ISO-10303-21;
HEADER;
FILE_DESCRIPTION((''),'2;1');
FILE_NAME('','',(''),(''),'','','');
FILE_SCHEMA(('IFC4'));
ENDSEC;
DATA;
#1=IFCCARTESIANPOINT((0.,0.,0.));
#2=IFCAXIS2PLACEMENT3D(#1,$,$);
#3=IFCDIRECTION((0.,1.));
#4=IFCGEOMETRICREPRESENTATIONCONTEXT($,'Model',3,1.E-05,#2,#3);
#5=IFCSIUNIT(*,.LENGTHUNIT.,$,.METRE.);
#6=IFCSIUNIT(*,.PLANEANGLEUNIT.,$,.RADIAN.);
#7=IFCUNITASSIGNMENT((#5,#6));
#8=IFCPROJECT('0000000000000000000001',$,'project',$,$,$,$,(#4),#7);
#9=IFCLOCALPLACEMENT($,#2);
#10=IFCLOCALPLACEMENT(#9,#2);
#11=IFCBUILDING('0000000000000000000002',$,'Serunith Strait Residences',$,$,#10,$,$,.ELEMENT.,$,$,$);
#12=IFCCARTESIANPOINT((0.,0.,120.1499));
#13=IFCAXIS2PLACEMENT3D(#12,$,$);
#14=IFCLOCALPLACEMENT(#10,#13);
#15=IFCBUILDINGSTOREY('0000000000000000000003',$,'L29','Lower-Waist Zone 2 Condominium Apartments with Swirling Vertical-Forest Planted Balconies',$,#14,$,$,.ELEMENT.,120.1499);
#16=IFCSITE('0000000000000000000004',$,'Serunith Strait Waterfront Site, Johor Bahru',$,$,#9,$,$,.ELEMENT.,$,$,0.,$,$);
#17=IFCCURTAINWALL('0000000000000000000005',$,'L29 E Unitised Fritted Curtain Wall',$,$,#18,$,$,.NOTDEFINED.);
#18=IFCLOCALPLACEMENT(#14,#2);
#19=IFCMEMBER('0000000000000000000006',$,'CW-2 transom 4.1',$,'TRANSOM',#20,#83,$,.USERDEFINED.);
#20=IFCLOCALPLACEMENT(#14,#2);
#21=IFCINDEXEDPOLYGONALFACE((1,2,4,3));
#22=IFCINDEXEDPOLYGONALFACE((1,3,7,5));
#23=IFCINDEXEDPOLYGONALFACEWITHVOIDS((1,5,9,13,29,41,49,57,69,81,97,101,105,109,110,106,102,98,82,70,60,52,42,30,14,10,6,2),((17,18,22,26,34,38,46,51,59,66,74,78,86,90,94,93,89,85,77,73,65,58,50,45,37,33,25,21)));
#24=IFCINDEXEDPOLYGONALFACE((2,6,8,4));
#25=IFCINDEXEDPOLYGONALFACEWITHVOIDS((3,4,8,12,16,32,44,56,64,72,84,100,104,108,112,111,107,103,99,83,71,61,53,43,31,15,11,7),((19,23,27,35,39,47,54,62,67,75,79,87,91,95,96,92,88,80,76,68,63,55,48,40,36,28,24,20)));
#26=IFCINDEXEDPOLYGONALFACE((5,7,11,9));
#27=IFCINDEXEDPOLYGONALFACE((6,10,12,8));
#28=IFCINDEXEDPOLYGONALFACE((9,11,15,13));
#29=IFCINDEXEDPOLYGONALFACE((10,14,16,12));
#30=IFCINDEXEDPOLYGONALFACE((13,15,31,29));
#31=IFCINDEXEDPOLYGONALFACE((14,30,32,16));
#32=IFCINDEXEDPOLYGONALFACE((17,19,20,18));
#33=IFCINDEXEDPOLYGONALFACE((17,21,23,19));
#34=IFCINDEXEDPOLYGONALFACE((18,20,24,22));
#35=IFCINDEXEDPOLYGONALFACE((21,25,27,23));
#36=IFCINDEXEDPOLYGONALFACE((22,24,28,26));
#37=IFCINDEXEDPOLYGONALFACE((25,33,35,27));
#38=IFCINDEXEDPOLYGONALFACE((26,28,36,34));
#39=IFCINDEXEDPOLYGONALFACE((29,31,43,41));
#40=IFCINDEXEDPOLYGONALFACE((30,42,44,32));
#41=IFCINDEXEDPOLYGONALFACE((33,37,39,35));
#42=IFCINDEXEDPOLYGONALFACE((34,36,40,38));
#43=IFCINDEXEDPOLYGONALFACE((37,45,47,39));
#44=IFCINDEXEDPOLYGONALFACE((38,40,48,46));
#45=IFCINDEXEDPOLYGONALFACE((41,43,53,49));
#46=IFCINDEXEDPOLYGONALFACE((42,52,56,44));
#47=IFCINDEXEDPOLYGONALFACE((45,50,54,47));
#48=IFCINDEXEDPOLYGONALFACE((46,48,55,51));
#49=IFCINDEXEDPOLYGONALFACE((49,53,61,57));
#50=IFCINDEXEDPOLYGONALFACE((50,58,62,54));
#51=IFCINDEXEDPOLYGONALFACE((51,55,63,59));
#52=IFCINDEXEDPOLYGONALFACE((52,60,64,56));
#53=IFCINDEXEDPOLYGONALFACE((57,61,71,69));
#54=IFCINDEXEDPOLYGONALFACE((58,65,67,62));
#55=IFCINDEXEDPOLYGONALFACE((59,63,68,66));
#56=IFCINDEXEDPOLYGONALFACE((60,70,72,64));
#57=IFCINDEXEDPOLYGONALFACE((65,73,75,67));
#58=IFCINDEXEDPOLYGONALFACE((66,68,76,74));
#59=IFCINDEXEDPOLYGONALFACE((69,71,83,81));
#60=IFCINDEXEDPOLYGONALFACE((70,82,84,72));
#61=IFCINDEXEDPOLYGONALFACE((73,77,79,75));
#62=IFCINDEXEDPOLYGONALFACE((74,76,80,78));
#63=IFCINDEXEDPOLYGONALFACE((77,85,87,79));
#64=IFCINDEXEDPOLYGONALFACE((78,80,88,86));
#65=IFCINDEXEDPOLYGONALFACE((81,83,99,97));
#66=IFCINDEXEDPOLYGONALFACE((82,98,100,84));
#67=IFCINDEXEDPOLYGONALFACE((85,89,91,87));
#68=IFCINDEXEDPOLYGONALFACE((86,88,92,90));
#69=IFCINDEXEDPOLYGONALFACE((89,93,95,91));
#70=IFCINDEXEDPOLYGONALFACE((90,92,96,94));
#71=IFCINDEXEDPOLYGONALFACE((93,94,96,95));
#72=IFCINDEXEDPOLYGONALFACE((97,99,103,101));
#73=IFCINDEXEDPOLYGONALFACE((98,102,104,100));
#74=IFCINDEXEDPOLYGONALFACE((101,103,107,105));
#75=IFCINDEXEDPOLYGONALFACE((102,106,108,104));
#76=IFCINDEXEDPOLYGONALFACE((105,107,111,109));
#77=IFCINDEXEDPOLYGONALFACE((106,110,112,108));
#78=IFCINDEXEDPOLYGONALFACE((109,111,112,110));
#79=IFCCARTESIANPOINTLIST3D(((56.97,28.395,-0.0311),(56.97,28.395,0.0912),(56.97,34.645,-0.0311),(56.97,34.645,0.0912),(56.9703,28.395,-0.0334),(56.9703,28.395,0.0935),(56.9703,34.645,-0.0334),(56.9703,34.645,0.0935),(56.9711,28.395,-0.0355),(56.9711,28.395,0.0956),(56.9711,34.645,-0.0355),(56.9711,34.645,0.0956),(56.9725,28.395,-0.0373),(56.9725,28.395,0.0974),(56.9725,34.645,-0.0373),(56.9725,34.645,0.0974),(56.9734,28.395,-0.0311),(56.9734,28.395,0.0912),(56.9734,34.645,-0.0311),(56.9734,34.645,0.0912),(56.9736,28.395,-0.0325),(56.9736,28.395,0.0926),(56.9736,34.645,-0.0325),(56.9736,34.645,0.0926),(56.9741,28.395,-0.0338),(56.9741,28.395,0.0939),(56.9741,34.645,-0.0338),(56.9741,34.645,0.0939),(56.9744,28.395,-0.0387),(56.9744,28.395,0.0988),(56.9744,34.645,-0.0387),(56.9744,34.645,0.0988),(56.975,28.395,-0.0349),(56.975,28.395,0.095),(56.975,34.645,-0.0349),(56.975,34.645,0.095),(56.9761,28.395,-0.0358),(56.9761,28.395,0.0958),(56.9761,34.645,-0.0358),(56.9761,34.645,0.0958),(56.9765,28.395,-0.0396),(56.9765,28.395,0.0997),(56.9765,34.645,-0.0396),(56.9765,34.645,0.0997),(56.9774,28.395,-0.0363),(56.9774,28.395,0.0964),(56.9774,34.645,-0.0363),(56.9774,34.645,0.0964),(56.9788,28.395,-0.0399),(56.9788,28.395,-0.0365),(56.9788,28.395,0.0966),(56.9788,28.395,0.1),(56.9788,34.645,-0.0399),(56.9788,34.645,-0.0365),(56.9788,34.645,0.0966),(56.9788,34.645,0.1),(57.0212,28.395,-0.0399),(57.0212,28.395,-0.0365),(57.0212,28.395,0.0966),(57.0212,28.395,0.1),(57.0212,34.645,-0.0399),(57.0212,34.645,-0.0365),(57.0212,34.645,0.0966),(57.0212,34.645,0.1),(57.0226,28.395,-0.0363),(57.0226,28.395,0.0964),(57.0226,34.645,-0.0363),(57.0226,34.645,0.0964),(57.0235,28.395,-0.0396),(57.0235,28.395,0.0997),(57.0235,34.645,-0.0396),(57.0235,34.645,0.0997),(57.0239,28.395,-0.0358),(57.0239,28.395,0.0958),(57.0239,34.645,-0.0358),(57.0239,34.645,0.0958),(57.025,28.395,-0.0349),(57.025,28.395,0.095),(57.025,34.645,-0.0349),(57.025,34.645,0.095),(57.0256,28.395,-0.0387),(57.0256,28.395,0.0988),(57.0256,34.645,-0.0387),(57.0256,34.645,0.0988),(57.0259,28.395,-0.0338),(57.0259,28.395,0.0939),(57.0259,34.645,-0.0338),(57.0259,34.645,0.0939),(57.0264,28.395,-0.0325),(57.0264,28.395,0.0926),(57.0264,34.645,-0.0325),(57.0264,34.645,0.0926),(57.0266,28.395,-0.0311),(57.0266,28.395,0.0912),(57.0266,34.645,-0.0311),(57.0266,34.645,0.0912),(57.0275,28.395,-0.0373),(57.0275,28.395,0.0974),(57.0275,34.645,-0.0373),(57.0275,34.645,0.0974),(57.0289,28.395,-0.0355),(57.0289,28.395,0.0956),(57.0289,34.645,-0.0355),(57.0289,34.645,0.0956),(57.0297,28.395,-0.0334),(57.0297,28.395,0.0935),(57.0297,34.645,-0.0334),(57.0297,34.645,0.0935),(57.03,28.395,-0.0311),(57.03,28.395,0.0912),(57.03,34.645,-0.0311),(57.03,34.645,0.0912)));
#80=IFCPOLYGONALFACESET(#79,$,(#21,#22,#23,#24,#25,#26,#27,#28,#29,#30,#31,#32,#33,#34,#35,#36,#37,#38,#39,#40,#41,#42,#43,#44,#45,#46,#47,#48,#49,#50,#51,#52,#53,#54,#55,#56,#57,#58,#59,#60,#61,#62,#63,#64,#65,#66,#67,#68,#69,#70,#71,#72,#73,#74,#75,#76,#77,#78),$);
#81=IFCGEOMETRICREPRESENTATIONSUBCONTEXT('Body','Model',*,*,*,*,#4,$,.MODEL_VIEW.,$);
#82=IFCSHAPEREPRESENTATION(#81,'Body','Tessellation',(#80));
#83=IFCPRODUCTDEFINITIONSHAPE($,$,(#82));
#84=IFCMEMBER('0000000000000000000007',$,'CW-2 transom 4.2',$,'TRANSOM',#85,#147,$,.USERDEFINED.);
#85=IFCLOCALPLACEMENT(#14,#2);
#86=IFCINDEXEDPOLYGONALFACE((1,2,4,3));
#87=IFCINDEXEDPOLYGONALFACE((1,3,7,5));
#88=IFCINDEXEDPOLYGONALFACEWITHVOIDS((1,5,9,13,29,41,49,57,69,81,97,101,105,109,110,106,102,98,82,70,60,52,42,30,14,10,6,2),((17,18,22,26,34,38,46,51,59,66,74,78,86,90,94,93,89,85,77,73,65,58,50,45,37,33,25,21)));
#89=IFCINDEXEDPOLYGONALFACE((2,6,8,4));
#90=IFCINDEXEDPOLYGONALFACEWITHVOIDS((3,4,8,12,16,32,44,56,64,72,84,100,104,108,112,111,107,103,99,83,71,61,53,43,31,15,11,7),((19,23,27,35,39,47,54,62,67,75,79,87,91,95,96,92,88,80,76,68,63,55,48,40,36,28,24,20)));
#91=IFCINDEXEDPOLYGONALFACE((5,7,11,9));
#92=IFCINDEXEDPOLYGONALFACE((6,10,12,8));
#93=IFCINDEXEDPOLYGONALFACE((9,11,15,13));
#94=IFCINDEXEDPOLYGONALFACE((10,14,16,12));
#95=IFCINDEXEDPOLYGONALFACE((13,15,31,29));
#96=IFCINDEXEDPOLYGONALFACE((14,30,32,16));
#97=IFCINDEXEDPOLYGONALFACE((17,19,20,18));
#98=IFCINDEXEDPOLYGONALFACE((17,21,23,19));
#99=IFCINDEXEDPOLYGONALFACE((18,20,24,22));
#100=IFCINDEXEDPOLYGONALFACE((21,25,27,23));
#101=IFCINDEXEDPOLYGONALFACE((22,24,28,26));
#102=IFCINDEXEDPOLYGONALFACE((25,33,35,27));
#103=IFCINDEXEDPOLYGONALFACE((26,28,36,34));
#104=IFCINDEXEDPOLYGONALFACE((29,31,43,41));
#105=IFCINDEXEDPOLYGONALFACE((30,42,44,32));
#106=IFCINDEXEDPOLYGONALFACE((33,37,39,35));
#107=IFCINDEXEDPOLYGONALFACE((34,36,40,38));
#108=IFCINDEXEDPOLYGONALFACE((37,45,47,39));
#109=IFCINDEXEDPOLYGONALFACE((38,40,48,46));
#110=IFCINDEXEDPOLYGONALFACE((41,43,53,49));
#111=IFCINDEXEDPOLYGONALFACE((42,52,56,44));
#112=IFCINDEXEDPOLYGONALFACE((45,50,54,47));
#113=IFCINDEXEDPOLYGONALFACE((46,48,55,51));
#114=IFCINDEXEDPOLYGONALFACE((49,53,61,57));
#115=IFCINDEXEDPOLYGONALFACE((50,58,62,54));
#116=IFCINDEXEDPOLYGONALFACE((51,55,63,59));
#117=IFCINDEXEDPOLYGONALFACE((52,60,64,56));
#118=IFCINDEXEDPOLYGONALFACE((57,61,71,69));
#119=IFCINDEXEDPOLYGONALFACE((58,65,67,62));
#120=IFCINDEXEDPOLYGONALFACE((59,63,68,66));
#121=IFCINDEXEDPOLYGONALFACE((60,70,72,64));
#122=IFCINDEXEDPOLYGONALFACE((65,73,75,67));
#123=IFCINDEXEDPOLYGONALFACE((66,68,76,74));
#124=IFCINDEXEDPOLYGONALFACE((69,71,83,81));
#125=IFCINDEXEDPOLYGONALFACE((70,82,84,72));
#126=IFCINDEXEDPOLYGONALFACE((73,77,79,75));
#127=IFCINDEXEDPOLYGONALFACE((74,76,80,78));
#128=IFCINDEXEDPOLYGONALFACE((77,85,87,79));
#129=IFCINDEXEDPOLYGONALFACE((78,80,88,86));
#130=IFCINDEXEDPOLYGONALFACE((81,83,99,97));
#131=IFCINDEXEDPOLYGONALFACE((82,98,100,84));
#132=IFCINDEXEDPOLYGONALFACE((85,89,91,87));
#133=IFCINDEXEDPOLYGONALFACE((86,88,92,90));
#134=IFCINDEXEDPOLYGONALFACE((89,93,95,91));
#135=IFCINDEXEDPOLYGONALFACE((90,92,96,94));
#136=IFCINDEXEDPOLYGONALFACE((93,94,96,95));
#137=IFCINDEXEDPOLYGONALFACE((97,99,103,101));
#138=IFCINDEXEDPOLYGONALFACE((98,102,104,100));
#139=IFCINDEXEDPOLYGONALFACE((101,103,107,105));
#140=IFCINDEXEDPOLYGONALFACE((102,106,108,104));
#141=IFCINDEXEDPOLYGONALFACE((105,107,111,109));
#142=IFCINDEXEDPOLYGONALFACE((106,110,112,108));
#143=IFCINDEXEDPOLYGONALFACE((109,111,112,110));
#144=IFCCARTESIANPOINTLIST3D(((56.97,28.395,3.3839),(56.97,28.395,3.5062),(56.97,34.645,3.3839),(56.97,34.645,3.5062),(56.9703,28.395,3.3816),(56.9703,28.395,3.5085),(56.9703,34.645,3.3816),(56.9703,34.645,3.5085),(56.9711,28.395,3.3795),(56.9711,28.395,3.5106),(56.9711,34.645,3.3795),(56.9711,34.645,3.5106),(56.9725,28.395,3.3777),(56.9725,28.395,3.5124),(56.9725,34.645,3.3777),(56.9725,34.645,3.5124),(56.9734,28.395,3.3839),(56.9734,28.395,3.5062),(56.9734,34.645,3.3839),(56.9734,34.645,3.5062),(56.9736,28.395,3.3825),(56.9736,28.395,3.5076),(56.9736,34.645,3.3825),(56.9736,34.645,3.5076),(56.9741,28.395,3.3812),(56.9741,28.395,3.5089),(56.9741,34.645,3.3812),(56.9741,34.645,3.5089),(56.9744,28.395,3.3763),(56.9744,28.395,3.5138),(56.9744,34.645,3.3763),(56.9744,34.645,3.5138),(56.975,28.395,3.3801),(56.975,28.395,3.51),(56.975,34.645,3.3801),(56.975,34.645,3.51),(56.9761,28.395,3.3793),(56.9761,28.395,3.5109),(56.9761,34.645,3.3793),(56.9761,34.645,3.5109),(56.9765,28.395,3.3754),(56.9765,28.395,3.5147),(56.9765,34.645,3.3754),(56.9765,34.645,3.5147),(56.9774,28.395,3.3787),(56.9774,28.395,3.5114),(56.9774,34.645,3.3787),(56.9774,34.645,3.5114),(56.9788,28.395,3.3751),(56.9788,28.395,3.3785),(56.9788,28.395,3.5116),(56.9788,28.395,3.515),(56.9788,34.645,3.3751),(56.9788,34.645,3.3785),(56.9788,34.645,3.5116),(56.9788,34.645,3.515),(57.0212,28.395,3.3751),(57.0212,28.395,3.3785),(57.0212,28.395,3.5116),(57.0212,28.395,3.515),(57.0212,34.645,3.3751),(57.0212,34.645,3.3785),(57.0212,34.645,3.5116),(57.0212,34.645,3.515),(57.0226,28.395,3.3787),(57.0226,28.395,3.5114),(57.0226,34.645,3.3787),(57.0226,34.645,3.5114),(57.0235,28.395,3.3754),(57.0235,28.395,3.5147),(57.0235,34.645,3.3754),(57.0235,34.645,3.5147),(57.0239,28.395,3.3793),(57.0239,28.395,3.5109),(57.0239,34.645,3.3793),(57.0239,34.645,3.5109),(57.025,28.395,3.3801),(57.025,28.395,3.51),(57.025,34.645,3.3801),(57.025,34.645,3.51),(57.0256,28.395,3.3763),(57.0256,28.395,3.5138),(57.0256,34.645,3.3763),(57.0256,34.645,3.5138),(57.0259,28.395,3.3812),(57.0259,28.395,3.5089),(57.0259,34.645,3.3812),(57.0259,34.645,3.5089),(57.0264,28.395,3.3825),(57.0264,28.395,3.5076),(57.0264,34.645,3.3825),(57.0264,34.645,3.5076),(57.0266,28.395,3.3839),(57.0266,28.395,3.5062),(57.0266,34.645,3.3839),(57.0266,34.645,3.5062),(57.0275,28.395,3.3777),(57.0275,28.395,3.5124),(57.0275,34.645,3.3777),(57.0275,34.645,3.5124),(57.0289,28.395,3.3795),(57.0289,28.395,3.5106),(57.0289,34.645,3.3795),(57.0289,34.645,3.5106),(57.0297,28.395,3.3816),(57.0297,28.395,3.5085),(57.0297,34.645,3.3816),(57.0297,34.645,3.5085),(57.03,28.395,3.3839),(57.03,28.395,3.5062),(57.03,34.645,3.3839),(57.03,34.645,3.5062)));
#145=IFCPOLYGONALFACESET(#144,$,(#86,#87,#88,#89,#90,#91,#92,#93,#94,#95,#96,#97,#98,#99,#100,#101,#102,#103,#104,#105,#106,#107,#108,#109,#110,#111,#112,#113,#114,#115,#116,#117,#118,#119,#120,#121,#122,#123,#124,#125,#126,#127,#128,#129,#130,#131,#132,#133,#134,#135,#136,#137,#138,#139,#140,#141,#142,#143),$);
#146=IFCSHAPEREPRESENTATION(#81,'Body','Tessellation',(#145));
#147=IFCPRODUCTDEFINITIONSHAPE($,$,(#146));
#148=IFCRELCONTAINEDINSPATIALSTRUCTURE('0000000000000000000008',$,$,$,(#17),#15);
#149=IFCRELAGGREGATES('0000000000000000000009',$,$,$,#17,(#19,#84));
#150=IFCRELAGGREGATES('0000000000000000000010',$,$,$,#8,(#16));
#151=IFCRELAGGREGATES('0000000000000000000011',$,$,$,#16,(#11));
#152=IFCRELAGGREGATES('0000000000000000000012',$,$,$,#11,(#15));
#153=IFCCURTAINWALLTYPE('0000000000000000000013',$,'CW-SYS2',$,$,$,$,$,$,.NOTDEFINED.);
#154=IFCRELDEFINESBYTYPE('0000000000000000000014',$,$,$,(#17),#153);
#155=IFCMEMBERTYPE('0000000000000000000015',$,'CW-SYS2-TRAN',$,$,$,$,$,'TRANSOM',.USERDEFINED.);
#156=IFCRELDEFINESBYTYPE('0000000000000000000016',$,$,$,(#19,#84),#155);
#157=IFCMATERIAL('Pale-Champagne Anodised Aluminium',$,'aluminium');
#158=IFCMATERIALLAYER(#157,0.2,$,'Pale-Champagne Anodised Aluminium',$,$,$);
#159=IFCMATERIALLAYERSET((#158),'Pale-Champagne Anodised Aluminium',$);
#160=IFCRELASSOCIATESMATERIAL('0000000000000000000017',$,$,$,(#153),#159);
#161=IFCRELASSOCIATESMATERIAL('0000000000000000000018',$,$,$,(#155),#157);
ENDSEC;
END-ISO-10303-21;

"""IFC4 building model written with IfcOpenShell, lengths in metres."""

from ifc_helpers import new_model, si_unit, direction, frame, origin, origin_2d, place, context, subcontext, project, spatial, hollow_rectangle, extrude, source, transform, mapped, material, layer, layer_set, material_profile, profile_set, type_object, element, aggregate, save


model = new_model("IFC4")

# Units and contexts
model_context = context("Model", 3, precision=1e-05, world=origin(), true_north=direction((0.0, 1.0)))
body_context = subcontext(model_context, "Body", "Model", "MODEL_VIEW")
ifc_project = project(units=[si_unit("LENGTHUNIT", "METRE"), si_unit("PLANEANGLEUNIT", "RADIAN")], contexts=[model_context])

# Site, building, storey
site_placement = place(None, origin())
site = spatial("IfcSite", under=ifc_project, at=site_placement, Name="Serunith Strait Waterfront Site, Johor Bahru", CompositionType="ELEMENT", RefElevation=0.0)
building_placement = place(site_placement, origin())
building = spatial("IfcBuilding", under=site, at=building_placement, Name="Serunith Strait Residences", CompositionType="ELEMENT")
storey_placement = place(building_placement, frame((0.0, 0.0, 120.1499)))
storey = spatial("IfcBuildingStorey", under=building, at=storey_placement, Name="L29", Description="Lower-Waist Zone 2 Condominium Apartments with Swirling Vertical-Forest Planted Balconies", CompositionType="ELEMENT", Elevation=120.1499)

# Curtain wall, members
ifc_material_1 = material(Name="Pale-Champagne Anodised Aluminium", Category="aluminium")
ifc_layer_1 = layer(ifc_material_1, 0.2, Name="Pale-Champagne Anodised Aluminium")
ifc_layer_set_1 = layer_set([ifc_layer_1], Name="Pale-Champagne Anodised Aluminium")
curtain_wall_type = type_object("IfcCurtainWallType", Name="CW-SYS2", PredefinedType="NOTDEFINED", material=ifc_layer_set_1)
curtain_wall_placement = place(storey_placement, origin())
curtain_wall = element("IfcCurtainWall", 1, at=curtain_wall_placement, inside=storey, type_object=curtain_wall_type, Name="L29 E Unitised Fritted Curtain Wall", PredefinedType="NOTDEFINED")
ifc_material_profile_1 = material_profile(ifc_material_1, hollow_rectangle(XDim=0.0601, YDim=0.1399, WallThickness=0.0034, InnerFilletRadius=0.0054, OuterFilletRadius=0.0088, at=origin_2d()), Name="ALU 140x60x3.5")
ifc_profile_set_1 = profile_set([ifc_material_profile_1], Name="Pale-Champagne Anodised Aluminium")
member_type_1 = type_object("IfcMemberType", Name="CW-SYS2-TRAN", ElementType="TRANSOM", PredefinedType="USERDEFINED", material=ifc_profile_set_1)
shared_shape_1 = source(origin(), body_context, "Body", "SweptSolid", [
    extrude(hollow_rectangle(XDim=0.0601, YDim=0.1399, WallThickness=0.0034, InnerFilletRadius=0.0054, OuterFilletRadius=0.0088, at=origin_2d()), origin(), (0.0, 0.0, 1.0), 6.25),
])
member_1_placement = place(storey_placement, frame((57.0, 28.395, 0.03), z_axis=(0.0, 1.0, 0.0), x_axis=(-1.0, 0.0, 0.0)))
member_1 = element("IfcMember", 2, at=member_1_placement, type_object=member_type_1, Name="CW-2 transom 4.1", ObjectType="TRANSOM", PredefinedType="USERDEFINED", context=body_context, shape_type="MappedRepresentation", body=[
    mapped(shared_shape_1, transform((0.0, 0.0, 0.0), scale=1.0)),
])
member_2_placement = place(storey_placement, frame((57.0, 28.395, 3.4451), z_axis=(0.0, 1.0, 0.0), x_axis=(-1.0, 0.0, 0.0)))
member_2 = element("IfcMember", 3, at=member_2_placement, type_object=member_type_1, Name="CW-2 transom 4.2", ObjectType="TRANSOM", PredefinedType="USERDEFINED", context=body_context, shape_type="MappedRepresentation", body=[
    mapped(shared_shape_1, transform((0.0, 0.0, 0.0), scale=1.0)),
])
aggregate(curtain_wall, [member_1, member_2])

save(model, "model.ifc")
